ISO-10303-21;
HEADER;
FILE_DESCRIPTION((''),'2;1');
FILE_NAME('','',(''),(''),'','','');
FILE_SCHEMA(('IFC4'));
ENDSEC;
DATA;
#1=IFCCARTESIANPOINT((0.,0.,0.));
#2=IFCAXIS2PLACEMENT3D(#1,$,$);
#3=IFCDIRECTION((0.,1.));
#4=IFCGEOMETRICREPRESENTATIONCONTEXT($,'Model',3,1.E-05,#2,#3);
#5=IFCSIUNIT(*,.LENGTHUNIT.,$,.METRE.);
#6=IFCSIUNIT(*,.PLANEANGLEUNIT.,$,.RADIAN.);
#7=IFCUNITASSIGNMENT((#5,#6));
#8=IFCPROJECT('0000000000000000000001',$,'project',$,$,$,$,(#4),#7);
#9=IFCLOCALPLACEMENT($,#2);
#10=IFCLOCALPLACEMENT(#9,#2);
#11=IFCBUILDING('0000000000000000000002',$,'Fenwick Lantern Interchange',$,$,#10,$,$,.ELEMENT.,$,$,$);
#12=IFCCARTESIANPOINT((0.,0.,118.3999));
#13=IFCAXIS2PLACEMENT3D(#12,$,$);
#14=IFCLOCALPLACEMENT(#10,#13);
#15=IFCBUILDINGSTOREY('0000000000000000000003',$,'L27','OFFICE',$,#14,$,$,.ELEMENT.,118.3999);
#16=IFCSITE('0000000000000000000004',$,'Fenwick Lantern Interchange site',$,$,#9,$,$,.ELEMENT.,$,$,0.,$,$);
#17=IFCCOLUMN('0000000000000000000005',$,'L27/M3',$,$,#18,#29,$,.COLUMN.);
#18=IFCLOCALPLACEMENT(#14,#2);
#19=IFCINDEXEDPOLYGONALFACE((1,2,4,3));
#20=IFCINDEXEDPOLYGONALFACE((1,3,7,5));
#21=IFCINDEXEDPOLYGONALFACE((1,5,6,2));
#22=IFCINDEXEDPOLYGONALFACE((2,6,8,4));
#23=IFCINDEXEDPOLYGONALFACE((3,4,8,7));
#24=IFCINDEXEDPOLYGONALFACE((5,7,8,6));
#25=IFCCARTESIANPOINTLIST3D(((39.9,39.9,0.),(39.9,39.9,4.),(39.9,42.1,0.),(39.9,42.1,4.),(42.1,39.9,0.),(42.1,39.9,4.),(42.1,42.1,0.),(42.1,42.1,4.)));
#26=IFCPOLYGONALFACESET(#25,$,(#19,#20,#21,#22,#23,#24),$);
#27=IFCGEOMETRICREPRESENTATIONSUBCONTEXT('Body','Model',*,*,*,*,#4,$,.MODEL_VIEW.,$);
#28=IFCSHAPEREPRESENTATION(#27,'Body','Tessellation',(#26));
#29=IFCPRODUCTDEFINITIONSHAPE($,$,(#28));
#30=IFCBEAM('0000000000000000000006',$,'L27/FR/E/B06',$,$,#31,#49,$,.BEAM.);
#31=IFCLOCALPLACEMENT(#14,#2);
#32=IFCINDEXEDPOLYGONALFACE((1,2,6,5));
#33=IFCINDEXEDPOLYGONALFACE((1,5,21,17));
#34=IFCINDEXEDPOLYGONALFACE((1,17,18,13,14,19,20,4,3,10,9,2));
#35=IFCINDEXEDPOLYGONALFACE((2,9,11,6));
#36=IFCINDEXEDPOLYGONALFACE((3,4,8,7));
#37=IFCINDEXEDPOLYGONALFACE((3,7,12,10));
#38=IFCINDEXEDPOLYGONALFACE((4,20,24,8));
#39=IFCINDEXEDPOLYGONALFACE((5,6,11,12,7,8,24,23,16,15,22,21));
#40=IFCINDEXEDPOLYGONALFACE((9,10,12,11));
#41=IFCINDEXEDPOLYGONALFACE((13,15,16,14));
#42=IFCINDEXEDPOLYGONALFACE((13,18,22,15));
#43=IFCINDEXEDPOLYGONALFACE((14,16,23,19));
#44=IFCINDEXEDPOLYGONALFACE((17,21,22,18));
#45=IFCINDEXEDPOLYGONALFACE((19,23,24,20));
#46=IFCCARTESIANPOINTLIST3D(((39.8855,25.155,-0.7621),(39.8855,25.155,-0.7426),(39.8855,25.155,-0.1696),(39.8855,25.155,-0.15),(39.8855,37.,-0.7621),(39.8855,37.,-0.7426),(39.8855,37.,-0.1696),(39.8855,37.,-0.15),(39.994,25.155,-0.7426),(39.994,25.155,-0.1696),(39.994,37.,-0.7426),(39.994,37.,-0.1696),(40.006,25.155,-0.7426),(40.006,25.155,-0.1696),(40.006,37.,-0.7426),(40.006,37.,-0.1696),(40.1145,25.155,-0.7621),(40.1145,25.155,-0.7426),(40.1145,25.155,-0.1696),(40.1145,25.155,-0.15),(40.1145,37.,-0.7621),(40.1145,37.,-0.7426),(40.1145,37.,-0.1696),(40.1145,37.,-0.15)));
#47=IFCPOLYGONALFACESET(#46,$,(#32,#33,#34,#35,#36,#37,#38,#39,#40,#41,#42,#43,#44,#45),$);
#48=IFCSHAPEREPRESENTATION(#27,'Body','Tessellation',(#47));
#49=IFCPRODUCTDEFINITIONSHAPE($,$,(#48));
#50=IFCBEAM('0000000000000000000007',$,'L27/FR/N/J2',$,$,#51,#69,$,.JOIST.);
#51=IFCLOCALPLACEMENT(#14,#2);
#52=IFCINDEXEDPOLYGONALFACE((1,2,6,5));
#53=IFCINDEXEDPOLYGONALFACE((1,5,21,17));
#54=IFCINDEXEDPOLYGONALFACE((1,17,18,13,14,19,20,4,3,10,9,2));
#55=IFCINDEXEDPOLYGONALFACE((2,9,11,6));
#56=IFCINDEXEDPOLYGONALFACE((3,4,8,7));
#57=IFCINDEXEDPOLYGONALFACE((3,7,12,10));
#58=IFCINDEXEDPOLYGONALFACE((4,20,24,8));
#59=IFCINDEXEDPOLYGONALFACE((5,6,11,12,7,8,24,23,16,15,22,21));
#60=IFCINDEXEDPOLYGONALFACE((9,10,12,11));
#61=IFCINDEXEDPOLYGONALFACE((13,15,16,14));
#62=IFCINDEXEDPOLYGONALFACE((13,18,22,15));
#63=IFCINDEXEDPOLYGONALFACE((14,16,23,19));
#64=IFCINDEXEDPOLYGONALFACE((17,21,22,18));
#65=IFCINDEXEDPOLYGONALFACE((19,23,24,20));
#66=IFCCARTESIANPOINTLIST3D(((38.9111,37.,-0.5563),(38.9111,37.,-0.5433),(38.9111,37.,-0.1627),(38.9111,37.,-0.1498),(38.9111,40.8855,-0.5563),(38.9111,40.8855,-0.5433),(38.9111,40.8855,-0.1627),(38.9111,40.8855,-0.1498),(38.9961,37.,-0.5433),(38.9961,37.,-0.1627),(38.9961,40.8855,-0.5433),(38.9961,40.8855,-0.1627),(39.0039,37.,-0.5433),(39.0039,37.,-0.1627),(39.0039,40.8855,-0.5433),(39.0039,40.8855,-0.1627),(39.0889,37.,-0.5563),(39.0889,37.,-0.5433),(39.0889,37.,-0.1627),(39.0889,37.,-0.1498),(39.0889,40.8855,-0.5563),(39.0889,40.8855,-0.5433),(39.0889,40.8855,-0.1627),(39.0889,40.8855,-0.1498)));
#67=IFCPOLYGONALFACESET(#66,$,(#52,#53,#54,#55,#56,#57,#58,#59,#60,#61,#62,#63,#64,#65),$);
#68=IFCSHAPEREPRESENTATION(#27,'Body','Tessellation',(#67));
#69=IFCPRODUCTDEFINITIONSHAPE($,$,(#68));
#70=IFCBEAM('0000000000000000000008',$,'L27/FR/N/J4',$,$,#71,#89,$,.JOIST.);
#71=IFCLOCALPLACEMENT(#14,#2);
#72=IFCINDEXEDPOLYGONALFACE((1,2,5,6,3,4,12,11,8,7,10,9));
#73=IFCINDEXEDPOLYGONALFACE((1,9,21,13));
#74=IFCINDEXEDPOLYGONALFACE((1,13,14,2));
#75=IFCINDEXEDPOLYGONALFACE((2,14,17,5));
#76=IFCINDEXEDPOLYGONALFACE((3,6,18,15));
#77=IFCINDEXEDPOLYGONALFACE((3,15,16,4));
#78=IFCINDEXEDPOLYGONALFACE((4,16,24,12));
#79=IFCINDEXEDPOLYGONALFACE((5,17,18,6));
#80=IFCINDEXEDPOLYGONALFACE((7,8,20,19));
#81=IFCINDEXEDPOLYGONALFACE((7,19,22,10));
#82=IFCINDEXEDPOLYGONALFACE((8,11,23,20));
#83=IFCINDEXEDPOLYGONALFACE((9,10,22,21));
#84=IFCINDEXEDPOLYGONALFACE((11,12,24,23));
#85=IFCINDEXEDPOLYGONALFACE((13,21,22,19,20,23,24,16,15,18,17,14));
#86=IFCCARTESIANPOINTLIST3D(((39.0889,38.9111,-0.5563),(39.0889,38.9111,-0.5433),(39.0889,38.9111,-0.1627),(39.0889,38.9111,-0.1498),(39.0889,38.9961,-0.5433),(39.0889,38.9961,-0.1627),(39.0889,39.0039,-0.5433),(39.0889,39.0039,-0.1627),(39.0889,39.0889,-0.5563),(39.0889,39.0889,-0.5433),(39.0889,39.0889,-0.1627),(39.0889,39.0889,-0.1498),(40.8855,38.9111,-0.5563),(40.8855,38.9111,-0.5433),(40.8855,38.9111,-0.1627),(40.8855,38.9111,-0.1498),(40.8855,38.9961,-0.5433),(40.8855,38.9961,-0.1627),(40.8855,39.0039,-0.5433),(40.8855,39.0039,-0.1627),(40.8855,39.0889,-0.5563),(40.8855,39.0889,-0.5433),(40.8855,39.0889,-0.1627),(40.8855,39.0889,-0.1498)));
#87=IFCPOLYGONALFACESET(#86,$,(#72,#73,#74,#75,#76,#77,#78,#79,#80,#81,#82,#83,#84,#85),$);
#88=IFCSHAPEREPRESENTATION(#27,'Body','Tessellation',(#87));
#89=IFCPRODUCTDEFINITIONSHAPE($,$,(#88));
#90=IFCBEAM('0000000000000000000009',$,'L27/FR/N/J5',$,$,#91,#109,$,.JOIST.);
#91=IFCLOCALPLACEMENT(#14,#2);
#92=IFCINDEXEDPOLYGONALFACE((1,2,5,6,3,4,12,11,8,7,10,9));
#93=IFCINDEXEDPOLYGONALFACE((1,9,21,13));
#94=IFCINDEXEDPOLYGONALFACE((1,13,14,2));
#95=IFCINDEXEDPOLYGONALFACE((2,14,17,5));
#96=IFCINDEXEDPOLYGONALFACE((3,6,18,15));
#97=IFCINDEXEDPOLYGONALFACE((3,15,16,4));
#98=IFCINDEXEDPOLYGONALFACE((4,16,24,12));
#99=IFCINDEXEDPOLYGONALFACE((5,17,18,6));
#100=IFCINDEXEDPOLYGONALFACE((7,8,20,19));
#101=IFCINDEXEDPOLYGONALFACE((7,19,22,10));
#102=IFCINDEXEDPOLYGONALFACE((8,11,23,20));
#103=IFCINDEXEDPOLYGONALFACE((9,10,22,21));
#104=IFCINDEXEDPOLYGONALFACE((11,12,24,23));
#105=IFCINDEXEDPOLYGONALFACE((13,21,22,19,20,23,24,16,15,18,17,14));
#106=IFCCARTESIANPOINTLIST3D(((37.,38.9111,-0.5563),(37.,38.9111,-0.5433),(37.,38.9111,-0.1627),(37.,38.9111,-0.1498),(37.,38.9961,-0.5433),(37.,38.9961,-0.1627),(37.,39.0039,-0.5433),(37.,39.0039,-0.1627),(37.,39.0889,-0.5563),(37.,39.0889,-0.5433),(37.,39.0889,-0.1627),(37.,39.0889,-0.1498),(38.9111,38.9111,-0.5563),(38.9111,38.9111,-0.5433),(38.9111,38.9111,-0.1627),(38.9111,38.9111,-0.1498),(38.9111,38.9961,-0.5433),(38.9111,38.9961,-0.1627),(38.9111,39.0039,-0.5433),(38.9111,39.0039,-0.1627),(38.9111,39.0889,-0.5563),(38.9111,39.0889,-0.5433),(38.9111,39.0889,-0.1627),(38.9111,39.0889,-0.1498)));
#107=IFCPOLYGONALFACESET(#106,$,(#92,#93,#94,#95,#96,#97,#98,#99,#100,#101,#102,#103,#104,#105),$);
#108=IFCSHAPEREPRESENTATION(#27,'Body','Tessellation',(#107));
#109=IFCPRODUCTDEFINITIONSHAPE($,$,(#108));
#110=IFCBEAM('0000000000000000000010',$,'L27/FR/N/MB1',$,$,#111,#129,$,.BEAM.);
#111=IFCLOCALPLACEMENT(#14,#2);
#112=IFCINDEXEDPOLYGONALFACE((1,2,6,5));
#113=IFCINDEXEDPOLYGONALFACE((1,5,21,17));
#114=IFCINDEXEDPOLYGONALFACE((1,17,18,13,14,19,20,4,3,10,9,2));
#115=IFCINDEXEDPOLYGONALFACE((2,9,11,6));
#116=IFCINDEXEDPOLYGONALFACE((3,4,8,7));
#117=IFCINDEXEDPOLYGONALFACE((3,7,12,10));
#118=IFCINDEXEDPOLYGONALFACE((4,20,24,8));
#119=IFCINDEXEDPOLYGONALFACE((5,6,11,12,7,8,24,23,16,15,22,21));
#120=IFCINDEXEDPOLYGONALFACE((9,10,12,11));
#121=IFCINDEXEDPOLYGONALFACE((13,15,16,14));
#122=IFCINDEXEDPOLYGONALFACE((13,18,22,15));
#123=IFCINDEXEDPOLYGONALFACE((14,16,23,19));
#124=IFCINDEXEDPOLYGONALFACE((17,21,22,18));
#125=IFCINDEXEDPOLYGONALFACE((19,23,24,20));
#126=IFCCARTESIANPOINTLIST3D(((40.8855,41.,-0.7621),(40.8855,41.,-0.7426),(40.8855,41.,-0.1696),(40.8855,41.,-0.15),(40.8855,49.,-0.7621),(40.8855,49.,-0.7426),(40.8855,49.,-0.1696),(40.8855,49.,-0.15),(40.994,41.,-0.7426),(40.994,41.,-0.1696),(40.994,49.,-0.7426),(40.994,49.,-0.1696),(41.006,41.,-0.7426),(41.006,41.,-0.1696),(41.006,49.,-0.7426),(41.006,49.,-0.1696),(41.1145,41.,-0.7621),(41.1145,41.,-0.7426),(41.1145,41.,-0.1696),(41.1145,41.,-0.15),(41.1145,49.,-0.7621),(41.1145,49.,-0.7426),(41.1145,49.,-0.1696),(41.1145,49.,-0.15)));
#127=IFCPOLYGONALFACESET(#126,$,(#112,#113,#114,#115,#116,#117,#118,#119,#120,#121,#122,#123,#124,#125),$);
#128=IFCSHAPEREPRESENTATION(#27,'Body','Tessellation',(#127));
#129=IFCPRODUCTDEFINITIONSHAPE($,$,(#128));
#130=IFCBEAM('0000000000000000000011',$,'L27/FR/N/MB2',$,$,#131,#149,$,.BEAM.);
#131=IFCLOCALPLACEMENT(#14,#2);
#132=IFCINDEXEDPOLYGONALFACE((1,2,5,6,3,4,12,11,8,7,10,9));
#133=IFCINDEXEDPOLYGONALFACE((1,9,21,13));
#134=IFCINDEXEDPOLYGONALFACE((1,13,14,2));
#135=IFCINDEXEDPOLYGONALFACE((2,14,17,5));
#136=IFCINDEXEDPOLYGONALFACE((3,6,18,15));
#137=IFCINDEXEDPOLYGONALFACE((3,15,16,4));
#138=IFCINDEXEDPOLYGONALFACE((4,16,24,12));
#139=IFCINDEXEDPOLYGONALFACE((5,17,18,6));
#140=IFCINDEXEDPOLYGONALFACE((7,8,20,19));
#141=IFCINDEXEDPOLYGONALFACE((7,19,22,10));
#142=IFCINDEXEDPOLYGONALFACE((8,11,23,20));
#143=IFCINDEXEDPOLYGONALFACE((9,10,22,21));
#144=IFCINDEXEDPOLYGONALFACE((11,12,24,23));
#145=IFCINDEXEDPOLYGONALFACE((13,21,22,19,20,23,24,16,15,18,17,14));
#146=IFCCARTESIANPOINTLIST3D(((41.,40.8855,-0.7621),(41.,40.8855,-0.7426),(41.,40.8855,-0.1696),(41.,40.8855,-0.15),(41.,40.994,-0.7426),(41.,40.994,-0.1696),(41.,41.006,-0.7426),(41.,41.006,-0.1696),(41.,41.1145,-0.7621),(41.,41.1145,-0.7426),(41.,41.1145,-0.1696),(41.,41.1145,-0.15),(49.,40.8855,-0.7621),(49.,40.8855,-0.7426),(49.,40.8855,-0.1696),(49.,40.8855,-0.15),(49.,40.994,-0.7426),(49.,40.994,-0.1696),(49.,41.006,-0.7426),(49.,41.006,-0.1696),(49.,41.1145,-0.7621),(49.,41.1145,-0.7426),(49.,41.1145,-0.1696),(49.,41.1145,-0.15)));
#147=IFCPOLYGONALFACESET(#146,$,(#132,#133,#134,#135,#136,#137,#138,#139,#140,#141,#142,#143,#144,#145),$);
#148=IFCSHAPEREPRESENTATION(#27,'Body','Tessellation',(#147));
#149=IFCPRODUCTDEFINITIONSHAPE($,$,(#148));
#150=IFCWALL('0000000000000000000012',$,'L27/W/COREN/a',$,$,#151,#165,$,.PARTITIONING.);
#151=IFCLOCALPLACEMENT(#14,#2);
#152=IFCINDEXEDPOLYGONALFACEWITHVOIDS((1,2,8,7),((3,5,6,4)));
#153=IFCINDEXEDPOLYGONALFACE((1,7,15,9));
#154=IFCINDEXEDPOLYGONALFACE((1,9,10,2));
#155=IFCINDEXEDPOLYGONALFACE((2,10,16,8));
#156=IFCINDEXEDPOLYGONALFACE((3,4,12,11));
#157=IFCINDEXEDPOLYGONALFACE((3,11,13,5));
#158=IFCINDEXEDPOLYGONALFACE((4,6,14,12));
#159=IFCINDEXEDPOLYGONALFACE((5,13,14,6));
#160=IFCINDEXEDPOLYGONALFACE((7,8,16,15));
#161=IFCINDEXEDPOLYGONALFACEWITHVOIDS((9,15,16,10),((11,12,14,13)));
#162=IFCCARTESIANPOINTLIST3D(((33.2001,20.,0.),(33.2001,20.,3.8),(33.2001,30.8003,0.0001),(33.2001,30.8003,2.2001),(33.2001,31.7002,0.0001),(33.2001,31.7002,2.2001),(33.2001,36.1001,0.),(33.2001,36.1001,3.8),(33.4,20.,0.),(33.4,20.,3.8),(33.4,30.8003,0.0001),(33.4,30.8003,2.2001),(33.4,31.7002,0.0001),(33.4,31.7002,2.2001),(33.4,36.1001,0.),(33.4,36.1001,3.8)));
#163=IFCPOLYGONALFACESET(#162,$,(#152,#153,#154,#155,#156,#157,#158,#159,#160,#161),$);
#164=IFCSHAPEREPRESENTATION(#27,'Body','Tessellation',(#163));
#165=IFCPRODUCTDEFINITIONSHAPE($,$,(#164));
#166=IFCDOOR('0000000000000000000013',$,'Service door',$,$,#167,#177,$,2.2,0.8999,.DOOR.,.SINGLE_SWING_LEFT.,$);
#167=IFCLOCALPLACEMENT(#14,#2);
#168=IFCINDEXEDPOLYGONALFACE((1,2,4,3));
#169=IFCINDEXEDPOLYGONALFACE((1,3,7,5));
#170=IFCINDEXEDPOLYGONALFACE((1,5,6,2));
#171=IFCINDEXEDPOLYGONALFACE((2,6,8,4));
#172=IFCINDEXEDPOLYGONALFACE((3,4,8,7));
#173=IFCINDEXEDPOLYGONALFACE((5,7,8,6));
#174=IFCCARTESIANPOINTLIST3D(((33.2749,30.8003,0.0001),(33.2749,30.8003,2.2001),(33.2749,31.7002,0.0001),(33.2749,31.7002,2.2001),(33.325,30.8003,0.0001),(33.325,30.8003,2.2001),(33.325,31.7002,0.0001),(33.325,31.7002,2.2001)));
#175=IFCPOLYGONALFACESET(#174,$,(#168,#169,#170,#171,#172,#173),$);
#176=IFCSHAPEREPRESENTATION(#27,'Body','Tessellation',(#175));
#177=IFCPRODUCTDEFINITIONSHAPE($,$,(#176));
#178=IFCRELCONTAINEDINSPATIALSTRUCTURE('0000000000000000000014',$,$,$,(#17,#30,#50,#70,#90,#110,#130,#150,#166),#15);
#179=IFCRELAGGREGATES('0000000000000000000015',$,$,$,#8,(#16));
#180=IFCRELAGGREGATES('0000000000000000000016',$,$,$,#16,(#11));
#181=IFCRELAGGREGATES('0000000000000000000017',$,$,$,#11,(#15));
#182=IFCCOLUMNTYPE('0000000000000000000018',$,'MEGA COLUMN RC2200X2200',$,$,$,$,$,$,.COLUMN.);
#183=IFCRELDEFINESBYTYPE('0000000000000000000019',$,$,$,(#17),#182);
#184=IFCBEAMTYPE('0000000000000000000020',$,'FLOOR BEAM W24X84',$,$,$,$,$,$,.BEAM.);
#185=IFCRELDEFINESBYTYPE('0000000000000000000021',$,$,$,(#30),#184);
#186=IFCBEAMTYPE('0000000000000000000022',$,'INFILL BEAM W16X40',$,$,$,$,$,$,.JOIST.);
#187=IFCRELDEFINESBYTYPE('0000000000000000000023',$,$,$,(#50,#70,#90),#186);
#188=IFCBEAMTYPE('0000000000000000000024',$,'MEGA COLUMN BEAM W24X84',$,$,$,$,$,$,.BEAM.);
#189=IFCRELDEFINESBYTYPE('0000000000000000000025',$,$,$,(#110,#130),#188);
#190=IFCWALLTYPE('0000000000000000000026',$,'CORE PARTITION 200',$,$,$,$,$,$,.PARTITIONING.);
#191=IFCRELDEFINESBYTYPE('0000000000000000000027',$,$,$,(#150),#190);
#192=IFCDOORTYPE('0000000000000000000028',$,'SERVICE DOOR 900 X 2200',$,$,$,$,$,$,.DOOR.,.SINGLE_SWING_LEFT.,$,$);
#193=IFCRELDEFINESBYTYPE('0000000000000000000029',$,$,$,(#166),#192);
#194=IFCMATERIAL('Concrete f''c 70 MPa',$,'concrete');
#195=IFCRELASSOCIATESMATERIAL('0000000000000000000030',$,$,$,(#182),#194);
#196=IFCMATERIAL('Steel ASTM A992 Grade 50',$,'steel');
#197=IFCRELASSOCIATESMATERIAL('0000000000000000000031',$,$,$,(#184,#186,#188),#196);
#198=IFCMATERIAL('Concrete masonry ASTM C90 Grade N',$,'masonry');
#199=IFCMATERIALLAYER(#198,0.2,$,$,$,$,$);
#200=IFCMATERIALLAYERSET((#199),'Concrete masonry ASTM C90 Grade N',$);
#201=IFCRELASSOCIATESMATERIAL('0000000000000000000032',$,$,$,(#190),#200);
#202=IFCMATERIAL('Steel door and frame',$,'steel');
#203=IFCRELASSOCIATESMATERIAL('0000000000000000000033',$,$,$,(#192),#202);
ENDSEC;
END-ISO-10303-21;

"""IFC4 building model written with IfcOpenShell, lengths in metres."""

from ifc_helpers import new_model, si_unit, direction, frame, frame_2d, origin, origin_2d, place, context, subcontext, project, spatial, rectangle, i_section, extrude, material, layer, layer_set, material_profile, profile_set, type_object, element, fill, save


model = new_model("IFC4")

# Units and contexts
model_context = context("Model", 3, precision=1e-05, world=origin(), true_north=direction((0.0, 1.0)))
body_context = subcontext(model_context, "Body", "Model", "MODEL_VIEW")
ifc_project = project(units=[si_unit("LENGTHUNIT", "METRE"), si_unit("PLANEANGLEUNIT", "RADIAN")], contexts=[model_context])

# Site, building, storey
site_placement = place(None, origin())
site = spatial("IfcSite", under=ifc_project, at=site_placement, Name="Fenwick Lantern Interchange site", CompositionType="ELEMENT", RefElevation=0.0)
building_placement = place(site_placement, origin())
building = spatial("IfcBuilding", under=site, at=building_placement, Name="Fenwick Lantern Interchange", CompositionType="ELEMENT")
storey_placement = place(building_placement, frame((0.0, 0.0, 118.3999)))
storey = spatial("IfcBuildingStorey", under=building, at=storey_placement, Name="L27", Description="OFFICE", CompositionType="ELEMENT", Elevation=118.3999)

# Column
ifc_material_1 = material(Name="Concrete f'c 70 MPa", Category="concrete")
ifc_material_profile_1 = material_profile(ifc_material_1, rectangle(XDim=2.2, YDim=2.2, at=origin_2d()), Name="RC2200X2200")
ifc_profile_set_1 = profile_set([ifc_material_profile_1], Name="Concrete f'c 70 MPa")
column_type = type_object("IfcColumnType", Name="MEGA COLUMN RC2200X2200", PredefinedType="COLUMN", material=ifc_profile_set_1)
column_placement = place(storey_placement, frame((41.0, 41.0, 0.0), z_axis=(0.0, 0.0, 1.0), x_axis=(1.0, 0.0, 0.0)))
element("IfcColumn", 1, at=column_placement, inside=storey, type_object=column_type, Name="L27/M3", PredefinedType="COLUMN", context=body_context, shape_type="SweptSolid", body=[
    extrude(rectangle(XDim=2.2, YDim=2.2, at=origin_2d()), origin(), (0.0, 0.0, 1.0), 4.0),
])

# Beams
ifc_material_2 = material(Name="Steel ASTM A992 Grade 50", Category="steel")
ifc_material_profile_2 = material_profile(ifc_material_2, i_section(OverallWidth=0.229, OverallDepth=0.6121, WebThickness=0.012, FlangeThickness=0.0195, at=origin_2d()), Name="W24X84")
ifc_profile_set_2 = profile_set([ifc_material_profile_2], Name="Steel ASTM A992 Grade 50")
beam_type_1 = type_object("IfcBeamType", Name="FLOOR BEAM W24X84", PredefinedType="BEAM", material=ifc_profile_set_2)
beam_1_placement = place(storey_placement, frame((40.0, 25.155, -0.4561), z_axis=(0.0, 1.0, 0.0), x_axis=(-1.0, 0.0, 0.0)))
element("IfcBeam", 2, at=beam_1_placement, inside=storey, type_object=beam_type_1, Name="L27/FR/E/B06", PredefinedType="BEAM", context=body_context, shape_type="SweptSolid", body=[
    extrude(i_section(OverallWidth=0.229, OverallDepth=0.6121, WebThickness=0.012, FlangeThickness=0.0195, at=origin_2d()), origin(), (0.0, 0.0, 1.0), 11.845),
])
ifc_material_profile_3 = material_profile(ifc_material_2, i_section(OverallWidth=0.1777, OverallDepth=0.4065, WebThickness=0.0078, FlangeThickness=0.0129, at=origin_2d()), Name="W16X40")
ifc_profile_set_3 = profile_set([ifc_material_profile_3], Name="Steel ASTM A992 Grade 50")
beam_type_2 = type_object("IfcBeamType", Name="INFILL BEAM W16X40", PredefinedType="JOIST", material=ifc_profile_set_3)
beam_2_placement = place(storey_placement, frame((39.0, 40.8855, -0.353), z_axis=(0.0, -1.0, 0.0), x_axis=(1.0, 0.0, 0.0)))
element("IfcBeam", 3, at=beam_2_placement, inside=storey, type_object=beam_type_2, Name="L27/FR/N/J2", PredefinedType="JOIST", context=body_context, shape_type="SweptSolid", body=[
    extrude(i_section(OverallWidth=0.1777, OverallDepth=0.4065, WebThickness=0.0078, FlangeThickness=0.0129, at=origin_2d()), origin(), (0.0, 0.0, 1.0), 3.8855),
])
beam_3_placement = place(storey_placement, frame((40.8855, 39.0, -0.353), z_axis=(-1.0, 0.0, 0.0), x_axis=(0.0, -1.0, 0.0)))
element("IfcBeam", 4, at=beam_3_placement, inside=storey, type_object=beam_type_2, Name="L27/FR/N/J4", PredefinedType="JOIST", context=body_context, shape_type="SweptSolid", body=[
    extrude(i_section(OverallWidth=0.1777, OverallDepth=0.4065, WebThickness=0.0078, FlangeThickness=0.0129, at=origin_2d()), origin(), (0.0, 0.0, 1.0), 1.7966),
])
beam_4_placement = place(storey_placement, frame((38.9111, 39.0, -0.353), z_axis=(-1.0, 0.0, 0.0), x_axis=(0.0, -1.0, 0.0)))
element("IfcBeam", 5, at=beam_4_placement, inside=storey, type_object=beam_type_2, Name="L27/FR/N/J5", PredefinedType="JOIST", context=body_context, shape_type="SweptSolid", body=[
    extrude(i_section(OverallWidth=0.1777, OverallDepth=0.4065, WebThickness=0.0078, FlangeThickness=0.0129, at=origin_2d()), origin(), (0.0, 0.0, 1.0), 1.9111),
])
ifc_material_profile_4 = material_profile(ifc_material_2, i_section(OverallWidth=0.229, OverallDepth=0.6121, WebThickness=0.012, FlangeThickness=0.0195, at=origin_2d()), Name="W24X84")
ifc_profile_set_4 = profile_set([ifc_material_profile_4], Name="Steel ASTM A992 Grade 50")
beam_type_3 = type_object("IfcBeamType", Name="MEGA COLUMN BEAM W24X84", PredefinedType="BEAM", material=ifc_profile_set_4)
for number, where, z_axis, x_axis, name in (
    (6, (41.0, 41.0, -0.4561), (0.0, 1.0, 0.0), (-1.0, 0.0, 0.0), "L27/FR/N/MB1"),
    (7, (41.0, 41.0, -0.4561), (1.0, 0.0, 0.0), (0.0, 1.0, 0.0), "L27/FR/N/MB2"),
):
    element("IfcBeam", number, at=place(storey_placement, frame(where, z_axis=z_axis, x_axis=x_axis)), inside=storey, type_object=beam_type_3, Name=name, PredefinedType="BEAM", context=body_context, shape_type="SweptSolid", body=[
        extrude(i_section(OverallWidth=0.229, OverallDepth=0.6121, WebThickness=0.012, FlangeThickness=0.0195, at=origin_2d()), origin(), (0.0, 0.0, 1.0), 8.0),
    ])

# Wall, opening, door
ifc_material_3 = material(Name="Concrete masonry ASTM C90 Grade N", Category="masonry")
ifc_layer_1 = layer(ifc_material_3, 0.2)
ifc_layer_set_1 = layer_set([ifc_layer_1], Name="Concrete masonry ASTM C90 Grade N")
wall_type_1 = type_object("IfcWallType", Name="CORE PARTITION 200", PredefinedType="PARTITIONING", material=ifc_layer_set_1)
wall_1_placement = place(storey_placement, frame((33.3, 36.1001, 0.0), z_axis=(0.0, 0.0, 1.0), x_axis=(0.0, -1.0, 0.0)))
wall_1 = element("IfcWall", 8, at=wall_1_placement, inside=storey, type_object=wall_type_1, Name="L27/W/COREN/a", PredefinedType="PARTITIONING", context=body_context, shape_type="SweptSolid", body=[
    extrude(rectangle(XDim=16.1001, YDim=0.2, at=frame_2d((8.05, 0.0))), origin(), (0.0, 0.0, 1.0), 3.8),
])
opening_1_placement = place(wall_1_placement, frame((4.3999, 0.0, 0.0)))
opening_1 = element("IfcOpeningElement", 9, at=opening_1_placement, cuts=wall_1, PredefinedType="OPENING", context=body_context, shape_type="SweptSolid", body=[
    extrude(rectangle(XDim=0.8999, YDim=2.2, at=frame_2d((0.45, 1.1001))), frame((0.0, 0.1099, 0.0), z_axis=(0.0, -1.0, 0.0), x_axis=(1.0, 0.0, 0.0)), (0.0, 0.0, 1.0), 0.22),
])
ifc_material_4 = material(Name="Steel door and frame", Category="steel")
door_type_1 = type_object("IfcDoorType", Name="SERVICE DOOR 900 X 2200", OperationType="SINGLE_SWING_LEFT", PredefinedType="DOOR", material=ifc_material_4)
door_1_placement = place(opening_1_placement, origin())
door_1 = element("IfcDoor", 10, at=door_1_placement, inside=storey, type_object=door_type_1, Name="Service door", OperationType="SINGLE_SWING_LEFT", OverallHeight=2.2, OverallWidth=0.8999, PredefinedType="DOOR", context=body_context, shape_type="SweptSolid", body=[
    extrude(rectangle(XDim=0.8999, YDim=2.2, at=frame_2d((0.45, 1.1001))), frame((0.0, 0.0249, 0.0), z_axis=(0.0, -1.0, 0.0), x_axis=(1.0, 0.0, 0.0)), (0.0, 0.0, 1.0), 0.05),
])
fill(opening_1, door_1)

save(model, "model.ifc")
